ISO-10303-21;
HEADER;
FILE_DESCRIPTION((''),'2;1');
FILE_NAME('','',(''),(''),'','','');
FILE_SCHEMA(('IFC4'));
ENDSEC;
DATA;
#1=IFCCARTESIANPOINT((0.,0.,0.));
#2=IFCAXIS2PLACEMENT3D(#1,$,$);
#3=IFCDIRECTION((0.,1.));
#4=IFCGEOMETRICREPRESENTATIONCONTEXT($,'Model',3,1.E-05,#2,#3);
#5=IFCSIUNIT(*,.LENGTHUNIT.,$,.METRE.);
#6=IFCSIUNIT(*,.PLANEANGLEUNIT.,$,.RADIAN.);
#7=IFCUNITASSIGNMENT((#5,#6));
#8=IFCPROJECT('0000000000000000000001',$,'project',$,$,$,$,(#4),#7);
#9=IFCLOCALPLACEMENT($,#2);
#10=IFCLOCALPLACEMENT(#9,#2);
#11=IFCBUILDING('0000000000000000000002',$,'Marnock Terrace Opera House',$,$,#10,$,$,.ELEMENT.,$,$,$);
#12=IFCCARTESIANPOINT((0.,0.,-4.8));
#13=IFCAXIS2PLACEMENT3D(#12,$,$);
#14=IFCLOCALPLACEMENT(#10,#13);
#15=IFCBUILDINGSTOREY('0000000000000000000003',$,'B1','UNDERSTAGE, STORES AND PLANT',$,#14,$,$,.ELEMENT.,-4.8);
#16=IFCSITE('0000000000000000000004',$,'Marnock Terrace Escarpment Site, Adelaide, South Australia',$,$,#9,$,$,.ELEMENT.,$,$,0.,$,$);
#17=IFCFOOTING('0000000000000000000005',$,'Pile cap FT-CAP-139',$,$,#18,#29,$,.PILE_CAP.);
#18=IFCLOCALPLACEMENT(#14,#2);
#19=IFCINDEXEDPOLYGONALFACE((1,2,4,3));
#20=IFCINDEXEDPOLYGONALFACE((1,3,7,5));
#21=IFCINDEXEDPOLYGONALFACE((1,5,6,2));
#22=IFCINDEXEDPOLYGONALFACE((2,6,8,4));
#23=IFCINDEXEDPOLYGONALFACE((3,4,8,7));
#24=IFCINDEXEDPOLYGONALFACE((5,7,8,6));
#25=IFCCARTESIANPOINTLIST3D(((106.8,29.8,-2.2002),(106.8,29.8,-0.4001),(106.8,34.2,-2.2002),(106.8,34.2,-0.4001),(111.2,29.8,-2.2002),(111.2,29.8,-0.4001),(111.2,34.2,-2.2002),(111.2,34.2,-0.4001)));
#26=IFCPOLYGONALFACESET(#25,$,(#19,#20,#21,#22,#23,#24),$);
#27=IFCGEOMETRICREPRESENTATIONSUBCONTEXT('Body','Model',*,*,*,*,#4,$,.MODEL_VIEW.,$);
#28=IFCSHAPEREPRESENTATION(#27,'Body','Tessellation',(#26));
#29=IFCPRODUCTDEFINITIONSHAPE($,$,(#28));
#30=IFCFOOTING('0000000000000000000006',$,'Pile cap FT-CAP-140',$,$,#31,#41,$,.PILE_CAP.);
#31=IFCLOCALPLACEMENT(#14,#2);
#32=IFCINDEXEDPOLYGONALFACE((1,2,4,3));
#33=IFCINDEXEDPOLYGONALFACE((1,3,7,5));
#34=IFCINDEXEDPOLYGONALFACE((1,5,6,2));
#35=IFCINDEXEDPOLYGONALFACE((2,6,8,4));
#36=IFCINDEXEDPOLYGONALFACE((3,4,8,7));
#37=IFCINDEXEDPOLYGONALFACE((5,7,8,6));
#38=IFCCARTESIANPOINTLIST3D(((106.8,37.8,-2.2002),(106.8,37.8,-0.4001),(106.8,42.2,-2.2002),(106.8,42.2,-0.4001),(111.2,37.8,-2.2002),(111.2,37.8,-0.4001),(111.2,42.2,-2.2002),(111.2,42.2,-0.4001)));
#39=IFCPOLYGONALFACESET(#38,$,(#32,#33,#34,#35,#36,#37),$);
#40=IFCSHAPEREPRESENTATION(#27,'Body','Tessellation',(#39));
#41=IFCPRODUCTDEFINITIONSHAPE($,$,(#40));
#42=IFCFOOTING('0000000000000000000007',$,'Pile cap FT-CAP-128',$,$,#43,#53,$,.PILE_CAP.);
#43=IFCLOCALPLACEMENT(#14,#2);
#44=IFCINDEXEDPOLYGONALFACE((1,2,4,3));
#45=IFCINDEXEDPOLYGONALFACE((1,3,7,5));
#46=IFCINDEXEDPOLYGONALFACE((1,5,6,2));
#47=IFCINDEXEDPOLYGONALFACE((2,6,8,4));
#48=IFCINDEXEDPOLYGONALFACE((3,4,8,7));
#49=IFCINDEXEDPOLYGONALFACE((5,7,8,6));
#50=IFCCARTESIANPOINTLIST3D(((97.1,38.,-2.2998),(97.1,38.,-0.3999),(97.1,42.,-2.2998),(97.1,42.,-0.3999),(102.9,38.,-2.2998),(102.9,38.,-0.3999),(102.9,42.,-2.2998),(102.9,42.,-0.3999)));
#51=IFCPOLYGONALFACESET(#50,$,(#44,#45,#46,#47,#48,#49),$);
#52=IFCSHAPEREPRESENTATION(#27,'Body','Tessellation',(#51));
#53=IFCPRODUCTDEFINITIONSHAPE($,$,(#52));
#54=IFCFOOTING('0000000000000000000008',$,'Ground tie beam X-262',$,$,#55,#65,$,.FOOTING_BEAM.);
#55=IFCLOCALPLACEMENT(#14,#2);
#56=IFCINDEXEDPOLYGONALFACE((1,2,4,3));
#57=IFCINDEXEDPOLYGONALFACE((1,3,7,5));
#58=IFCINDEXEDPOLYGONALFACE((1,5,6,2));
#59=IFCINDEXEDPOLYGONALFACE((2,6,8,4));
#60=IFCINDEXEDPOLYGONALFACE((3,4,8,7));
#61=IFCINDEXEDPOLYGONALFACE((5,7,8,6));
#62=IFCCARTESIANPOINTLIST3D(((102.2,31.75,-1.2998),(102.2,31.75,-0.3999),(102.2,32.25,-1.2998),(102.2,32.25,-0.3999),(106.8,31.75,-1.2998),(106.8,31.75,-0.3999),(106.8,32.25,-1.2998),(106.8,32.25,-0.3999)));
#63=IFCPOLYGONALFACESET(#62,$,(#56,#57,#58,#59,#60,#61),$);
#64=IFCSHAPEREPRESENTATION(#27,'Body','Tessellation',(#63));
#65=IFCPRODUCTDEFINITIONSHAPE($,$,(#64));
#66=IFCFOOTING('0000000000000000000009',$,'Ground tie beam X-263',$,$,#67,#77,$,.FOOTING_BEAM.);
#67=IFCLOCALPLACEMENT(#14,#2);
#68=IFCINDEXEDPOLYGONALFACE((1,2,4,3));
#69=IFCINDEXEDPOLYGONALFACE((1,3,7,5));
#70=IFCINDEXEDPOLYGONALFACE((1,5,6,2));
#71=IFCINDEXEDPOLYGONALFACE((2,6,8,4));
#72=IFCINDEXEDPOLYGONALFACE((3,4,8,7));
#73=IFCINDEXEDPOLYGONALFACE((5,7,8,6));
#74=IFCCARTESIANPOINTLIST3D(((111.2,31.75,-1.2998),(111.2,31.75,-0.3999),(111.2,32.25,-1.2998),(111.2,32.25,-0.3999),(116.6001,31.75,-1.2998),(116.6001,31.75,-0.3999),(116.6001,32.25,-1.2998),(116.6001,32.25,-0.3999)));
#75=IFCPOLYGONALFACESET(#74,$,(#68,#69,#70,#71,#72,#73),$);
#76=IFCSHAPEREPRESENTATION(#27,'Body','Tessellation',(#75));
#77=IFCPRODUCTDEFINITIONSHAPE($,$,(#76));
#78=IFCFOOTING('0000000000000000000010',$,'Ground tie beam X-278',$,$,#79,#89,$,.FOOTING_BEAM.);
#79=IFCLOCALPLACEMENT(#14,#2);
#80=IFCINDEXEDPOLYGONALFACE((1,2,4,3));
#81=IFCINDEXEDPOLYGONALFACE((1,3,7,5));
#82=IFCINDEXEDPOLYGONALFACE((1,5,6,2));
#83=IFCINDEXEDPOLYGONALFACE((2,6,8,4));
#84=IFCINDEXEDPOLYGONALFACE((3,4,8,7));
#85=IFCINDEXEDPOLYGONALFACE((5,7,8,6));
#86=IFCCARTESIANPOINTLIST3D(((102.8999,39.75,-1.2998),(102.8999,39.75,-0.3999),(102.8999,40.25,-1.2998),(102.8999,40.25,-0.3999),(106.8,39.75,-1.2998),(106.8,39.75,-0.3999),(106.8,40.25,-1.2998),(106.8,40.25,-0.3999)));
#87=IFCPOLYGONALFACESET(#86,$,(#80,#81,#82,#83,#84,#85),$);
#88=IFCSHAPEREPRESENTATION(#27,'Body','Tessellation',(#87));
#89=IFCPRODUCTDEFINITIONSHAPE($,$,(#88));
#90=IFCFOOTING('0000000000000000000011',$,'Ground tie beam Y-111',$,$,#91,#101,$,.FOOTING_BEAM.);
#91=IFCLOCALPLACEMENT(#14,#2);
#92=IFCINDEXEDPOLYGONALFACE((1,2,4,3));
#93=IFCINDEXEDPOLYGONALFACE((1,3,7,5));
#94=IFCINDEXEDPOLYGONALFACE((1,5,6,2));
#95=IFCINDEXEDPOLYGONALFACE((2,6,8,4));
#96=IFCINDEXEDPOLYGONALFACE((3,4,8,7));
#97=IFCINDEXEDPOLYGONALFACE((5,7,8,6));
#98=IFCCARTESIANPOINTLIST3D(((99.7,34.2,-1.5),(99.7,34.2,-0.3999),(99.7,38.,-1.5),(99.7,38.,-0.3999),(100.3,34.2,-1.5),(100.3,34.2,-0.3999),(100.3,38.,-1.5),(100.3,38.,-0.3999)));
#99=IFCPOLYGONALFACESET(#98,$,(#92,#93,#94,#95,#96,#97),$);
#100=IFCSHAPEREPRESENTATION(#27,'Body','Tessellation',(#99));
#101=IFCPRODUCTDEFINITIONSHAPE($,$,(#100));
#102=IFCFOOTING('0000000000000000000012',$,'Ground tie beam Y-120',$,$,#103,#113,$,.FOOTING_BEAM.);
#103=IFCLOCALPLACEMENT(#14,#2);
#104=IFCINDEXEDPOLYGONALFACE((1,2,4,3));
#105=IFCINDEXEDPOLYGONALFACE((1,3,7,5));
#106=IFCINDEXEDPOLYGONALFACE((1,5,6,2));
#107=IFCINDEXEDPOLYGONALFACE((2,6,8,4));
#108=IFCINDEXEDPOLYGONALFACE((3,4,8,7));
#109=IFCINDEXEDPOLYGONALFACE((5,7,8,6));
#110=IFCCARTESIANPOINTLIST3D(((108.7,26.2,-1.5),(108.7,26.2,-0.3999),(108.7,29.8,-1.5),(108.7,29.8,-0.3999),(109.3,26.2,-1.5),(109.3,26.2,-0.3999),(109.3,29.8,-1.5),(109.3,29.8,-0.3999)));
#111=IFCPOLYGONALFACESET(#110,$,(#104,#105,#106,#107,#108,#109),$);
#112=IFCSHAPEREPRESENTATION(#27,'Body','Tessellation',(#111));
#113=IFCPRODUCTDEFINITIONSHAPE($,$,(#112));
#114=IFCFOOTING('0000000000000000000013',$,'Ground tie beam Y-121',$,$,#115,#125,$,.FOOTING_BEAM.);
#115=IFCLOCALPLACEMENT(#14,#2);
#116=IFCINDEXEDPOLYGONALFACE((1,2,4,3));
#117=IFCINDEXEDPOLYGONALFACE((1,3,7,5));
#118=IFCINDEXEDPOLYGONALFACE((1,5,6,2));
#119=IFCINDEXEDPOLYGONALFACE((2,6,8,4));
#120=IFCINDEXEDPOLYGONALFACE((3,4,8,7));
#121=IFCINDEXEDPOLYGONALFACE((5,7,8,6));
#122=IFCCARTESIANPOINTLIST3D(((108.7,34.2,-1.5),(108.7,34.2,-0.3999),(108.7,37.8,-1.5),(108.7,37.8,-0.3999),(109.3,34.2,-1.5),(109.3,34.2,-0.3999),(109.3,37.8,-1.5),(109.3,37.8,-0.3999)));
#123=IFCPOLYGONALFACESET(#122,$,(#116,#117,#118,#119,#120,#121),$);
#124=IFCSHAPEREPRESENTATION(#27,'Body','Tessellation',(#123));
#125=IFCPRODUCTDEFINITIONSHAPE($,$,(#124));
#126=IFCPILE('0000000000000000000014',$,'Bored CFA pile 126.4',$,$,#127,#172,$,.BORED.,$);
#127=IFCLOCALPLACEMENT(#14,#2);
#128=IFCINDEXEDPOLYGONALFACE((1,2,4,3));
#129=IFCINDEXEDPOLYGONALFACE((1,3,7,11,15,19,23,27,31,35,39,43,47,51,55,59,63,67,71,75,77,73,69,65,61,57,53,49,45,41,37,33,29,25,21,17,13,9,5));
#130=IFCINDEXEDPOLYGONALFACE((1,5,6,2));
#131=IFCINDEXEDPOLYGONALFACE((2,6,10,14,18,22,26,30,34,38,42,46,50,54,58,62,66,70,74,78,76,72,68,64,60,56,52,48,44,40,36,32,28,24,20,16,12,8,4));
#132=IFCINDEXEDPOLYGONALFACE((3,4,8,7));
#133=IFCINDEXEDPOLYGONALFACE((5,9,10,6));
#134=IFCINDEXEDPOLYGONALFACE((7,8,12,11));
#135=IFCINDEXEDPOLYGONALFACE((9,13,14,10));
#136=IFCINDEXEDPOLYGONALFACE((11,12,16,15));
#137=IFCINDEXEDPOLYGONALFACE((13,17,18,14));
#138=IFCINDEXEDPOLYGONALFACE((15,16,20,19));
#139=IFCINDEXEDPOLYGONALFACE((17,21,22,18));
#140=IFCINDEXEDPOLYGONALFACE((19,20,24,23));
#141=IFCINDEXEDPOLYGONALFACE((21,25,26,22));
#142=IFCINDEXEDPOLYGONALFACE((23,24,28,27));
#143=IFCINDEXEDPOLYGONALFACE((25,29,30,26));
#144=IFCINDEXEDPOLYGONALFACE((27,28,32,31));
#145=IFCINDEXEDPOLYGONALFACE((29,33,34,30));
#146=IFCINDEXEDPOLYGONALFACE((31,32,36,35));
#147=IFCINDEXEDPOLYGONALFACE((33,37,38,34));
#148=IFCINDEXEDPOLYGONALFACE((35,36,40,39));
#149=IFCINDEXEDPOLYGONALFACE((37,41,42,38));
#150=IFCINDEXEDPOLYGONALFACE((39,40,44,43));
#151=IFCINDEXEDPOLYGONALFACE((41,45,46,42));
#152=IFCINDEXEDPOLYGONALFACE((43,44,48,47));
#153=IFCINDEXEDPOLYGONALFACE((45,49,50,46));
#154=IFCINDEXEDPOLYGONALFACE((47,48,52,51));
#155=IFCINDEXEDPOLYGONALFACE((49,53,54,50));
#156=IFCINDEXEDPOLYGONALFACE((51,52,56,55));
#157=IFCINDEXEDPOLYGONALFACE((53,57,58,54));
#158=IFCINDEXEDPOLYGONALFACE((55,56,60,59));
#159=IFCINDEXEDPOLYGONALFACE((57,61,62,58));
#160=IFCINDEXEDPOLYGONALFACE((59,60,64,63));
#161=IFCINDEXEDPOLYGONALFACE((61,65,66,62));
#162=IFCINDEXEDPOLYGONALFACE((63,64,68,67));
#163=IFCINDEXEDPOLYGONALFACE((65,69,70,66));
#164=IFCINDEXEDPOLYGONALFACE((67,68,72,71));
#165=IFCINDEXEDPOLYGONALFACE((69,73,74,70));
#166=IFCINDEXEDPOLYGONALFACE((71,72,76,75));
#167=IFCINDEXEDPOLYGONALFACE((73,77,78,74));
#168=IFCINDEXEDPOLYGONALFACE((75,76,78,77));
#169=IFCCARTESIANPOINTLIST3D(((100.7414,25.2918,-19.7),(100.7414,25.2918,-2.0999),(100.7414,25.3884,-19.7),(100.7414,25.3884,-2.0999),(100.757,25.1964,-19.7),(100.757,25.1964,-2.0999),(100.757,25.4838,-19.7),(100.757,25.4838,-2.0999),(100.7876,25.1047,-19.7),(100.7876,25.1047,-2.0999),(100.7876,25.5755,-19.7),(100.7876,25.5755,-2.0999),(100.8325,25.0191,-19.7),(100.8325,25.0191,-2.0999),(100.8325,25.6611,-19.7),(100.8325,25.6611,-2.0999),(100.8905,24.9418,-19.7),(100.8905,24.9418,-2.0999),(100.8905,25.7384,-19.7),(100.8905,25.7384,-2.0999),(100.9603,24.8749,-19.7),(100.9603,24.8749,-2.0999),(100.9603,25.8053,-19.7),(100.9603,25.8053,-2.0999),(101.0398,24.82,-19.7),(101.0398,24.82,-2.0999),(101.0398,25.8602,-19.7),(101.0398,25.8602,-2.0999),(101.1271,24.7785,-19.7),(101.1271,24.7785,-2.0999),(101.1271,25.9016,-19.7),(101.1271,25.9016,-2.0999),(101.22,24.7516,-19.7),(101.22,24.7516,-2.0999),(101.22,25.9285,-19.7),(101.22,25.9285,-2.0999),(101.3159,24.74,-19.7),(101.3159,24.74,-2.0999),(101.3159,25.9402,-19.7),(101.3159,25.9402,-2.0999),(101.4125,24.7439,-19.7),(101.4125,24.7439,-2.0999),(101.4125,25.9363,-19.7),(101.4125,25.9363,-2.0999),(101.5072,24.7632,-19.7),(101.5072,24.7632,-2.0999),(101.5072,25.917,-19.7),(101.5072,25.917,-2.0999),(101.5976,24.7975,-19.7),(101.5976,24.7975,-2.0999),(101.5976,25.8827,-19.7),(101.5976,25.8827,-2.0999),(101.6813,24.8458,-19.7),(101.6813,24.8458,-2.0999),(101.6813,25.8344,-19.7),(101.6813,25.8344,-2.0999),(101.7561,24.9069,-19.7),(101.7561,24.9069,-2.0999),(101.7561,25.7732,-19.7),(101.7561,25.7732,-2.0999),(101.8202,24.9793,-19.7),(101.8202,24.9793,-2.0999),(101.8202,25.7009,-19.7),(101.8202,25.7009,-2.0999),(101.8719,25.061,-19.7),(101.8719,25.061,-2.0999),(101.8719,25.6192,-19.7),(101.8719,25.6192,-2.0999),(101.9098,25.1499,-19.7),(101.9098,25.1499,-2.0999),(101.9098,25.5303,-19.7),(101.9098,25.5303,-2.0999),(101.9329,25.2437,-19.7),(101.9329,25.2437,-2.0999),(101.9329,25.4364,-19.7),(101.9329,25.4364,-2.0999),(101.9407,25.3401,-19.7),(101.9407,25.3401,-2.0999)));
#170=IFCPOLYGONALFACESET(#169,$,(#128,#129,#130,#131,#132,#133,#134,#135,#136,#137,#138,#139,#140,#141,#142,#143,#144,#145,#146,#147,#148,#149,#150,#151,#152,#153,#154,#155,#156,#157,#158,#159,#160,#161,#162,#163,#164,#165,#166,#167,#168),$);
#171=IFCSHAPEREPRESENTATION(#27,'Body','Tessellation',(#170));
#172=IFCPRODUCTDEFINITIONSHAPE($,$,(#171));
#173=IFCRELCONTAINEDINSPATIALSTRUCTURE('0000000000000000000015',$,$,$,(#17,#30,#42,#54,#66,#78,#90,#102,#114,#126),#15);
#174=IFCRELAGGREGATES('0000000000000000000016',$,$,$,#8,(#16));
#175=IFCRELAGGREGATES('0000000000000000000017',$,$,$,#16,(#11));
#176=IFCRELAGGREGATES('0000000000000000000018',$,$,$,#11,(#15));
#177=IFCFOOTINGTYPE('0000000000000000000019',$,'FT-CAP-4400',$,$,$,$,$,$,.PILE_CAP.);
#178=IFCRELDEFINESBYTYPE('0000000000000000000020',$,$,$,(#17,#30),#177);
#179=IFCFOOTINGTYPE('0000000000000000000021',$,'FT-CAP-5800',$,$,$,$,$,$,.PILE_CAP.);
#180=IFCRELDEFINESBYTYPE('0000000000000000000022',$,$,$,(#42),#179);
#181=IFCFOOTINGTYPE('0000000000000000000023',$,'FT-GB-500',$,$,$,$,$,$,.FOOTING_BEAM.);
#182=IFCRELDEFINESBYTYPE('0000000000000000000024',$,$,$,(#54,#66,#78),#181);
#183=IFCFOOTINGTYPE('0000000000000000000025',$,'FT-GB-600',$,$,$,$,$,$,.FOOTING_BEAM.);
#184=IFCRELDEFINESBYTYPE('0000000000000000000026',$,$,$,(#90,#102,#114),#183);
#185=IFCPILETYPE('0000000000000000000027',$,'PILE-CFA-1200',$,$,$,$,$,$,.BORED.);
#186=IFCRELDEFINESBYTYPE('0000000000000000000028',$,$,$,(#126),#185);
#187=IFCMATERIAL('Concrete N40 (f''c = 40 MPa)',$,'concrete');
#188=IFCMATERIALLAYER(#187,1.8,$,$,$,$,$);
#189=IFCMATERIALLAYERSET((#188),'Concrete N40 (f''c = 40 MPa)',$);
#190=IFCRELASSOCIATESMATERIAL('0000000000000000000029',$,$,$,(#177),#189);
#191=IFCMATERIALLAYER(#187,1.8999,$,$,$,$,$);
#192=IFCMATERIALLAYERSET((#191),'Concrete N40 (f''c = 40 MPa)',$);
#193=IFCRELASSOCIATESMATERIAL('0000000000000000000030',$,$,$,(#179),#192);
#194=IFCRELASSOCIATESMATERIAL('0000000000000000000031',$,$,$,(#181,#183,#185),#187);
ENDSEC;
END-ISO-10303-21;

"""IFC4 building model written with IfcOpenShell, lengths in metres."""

from ifc_helpers import new_model, si_unit, direction, frame, origin, origin_2d, place, context, subcontext, project, spatial, rectangle, circle, extrude, material, layer, layer_set, material_profile, profile_set, type_object, element, save


model = new_model("IFC4")

# Units and contexts
model_context = context("Model", 3, precision=1e-05, world=origin(), true_north=direction((0.0, 1.0)))
body_context = subcontext(model_context, "Body", "Model", "MODEL_VIEW")
ifc_project = project(units=[si_unit("LENGTHUNIT", "METRE"), si_unit("PLANEANGLEUNIT", "RADIAN")], contexts=[model_context])

# Site, building, storey
site_placement = place(None, origin())
site = spatial("IfcSite", under=ifc_project, at=site_placement, Name="Marnock Terrace Escarpment Site, Adelaide, South Australia", CompositionType="ELEMENT", RefElevation=0.0)
building_placement = place(site_placement, origin())
building = spatial("IfcBuilding", under=site, at=building_placement, Name="Marnock Terrace Opera House", CompositionType="ELEMENT")
storey_placement = place(building_placement, frame((0.0, 0.0, -4.8)))
storey = spatial("IfcBuildingStorey", under=building, at=storey_placement, Name="B1", Description="UNDERSTAGE, STORES AND PLANT", CompositionType="ELEMENT", Elevation=-4.8)

# Footings
ifc_material_1 = material(Name="Concrete N40 (f'c = 40 MPa)", Category="concrete")
ifc_layer_1 = layer(ifc_material_1, 1.8)
ifc_layer_set_1 = layer_set([ifc_layer_1], Name="Concrete N40 (f'c = 40 MPa)")
footing_type_1 = type_object("IfcFootingType", Name="FT-CAP-4400", PredefinedType="PILE_CAP", material=ifc_layer_set_1)
for number, where, z_axis, x_axis, name in (
    (1, (109.0, 32.0, -2.2002), (0.0, 0.0, 1.0), (1.0, 0.0, 0.0), "Pile cap FT-CAP-139"),
    (2, (109.0, 40.0, -2.2002), (0.0, 0.0, 1.0), (1.0, 0.0, 0.0), "Pile cap FT-CAP-140"),
):
    element("IfcFooting", number, at=place(storey_placement, frame(where, z_axis=z_axis, x_axis=x_axis)), inside=storey, type_object=footing_type_1, Name=name, PredefinedType="PILE_CAP", context=body_context, shape_type="SweptSolid", body=[
        extrude(rectangle(XDim=4.3999, YDim=4.3999, at=origin_2d()), origin(), (0.0, 0.0, 1.0), 1.8),
    ])
ifc_layer_2 = layer(ifc_material_1, 1.8999)
ifc_layer_set_2 = layer_set([ifc_layer_2], Name="Concrete N40 (f'c = 40 MPa)")
footing_type_2 = type_object("IfcFootingType", Name="FT-CAP-5800", PredefinedType="PILE_CAP", material=ifc_layer_set_2)
footing_1_placement = place(storey_placement, frame((100.0, 40.0, -2.2998), z_axis=(0.0, 0.0, 1.0), x_axis=(1.0, 0.0, 0.0)))
element("IfcFooting", 3, at=footing_1_placement, inside=storey, type_object=footing_type_2, Name="Pile cap FT-CAP-128", PredefinedType="PILE_CAP", context=body_context, shape_type="SweptSolid", body=[
    extrude(rectangle(XDim=5.8, YDim=4.0, at=origin_2d()), origin(), (0.0, 0.0, 1.0), 1.8999),
])
ifc_material_profile_1 = material_profile(ifc_material_1, rectangle(XDim=0.5, YDim=0.8999, at=origin_2d()))
ifc_profile_set_1 = profile_set([ifc_material_profile_1], Name="Concrete N40 (f'c = 40 MPa)")
footing_type_3 = type_object("IfcFootingType", Name="FT-GB-500", PredefinedType="FOOTING_BEAM", material=ifc_profile_set_1)
footing_2_placement = place(storey_placement, frame((102.2, 32.0, -0.8499), z_axis=(1.0, 0.0, 0.0), x_axis=(0.0, 1.0, 0.0)))
element("IfcFooting", 4, at=footing_2_placement, inside=storey, type_object=footing_type_3, Name="Ground tie beam X-262", PredefinedType="FOOTING_BEAM", context=body_context, shape_type="SweptSolid", body=[
    extrude(rectangle(XDim=0.5, YDim=0.8999, at=origin_2d()), origin(), (0.0, 0.0, 1.0), 4.6001),
])
footing_3_placement = place(storey_placement, frame((111.2, 32.0, -0.8499), z_axis=(1.0, 0.0, 0.0), x_axis=(0.0, 1.0, 0.0)))
element("IfcFooting", 5, at=footing_3_placement, inside=storey, type_object=footing_type_3, Name="Ground tie beam X-263", PredefinedType="FOOTING_BEAM", context=body_context, shape_type="SweptSolid", body=[
    extrude(rectangle(XDim=0.5, YDim=0.8999, at=origin_2d()), origin(), (0.0, 0.0, 1.0), 5.4001),
])
footing_4_placement = place(storey_placement, frame((102.8999, 40.0, -0.8499), z_axis=(1.0, 0.0, 0.0), x_axis=(0.0, 1.0, 0.0)))
element("IfcFooting", 6, at=footing_4_placement, inside=storey, type_object=footing_type_3, Name="Ground tie beam X-278", PredefinedType="FOOTING_BEAM", context=body_context, shape_type="SweptSolid", body=[
    extrude(rectangle(XDim=0.5, YDim=0.8999, at=origin_2d()), origin(), (0.0, 0.0, 1.0), 3.9001),
])
ifc_material_profile_2 = material_profile(ifc_material_1, rectangle(XDim=0.6001, YDim=1.1001, at=origin_2d()))
ifc_profile_set_2 = profile_set([ifc_material_profile_2], Name="Concrete N40 (f'c = 40 MPa)")
footing_type_4 = type_object("IfcFootingType", Name="FT-GB-600", PredefinedType="FOOTING_BEAM", material=ifc_profile_set_2)
footing_5_placement = place(storey_placement, frame((100.0, 34.2, -0.95), z_axis=(0.0, 1.0, 0.0), x_axis=(-1.0, 0.0, 0.0)))
element("IfcFooting", 7, at=footing_5_placement, inside=storey, type_object=footing_type_4, Name="Ground tie beam Y-111", PredefinedType="FOOTING_BEAM", context=body_context, shape_type="SweptSolid", body=[
    extrude(rectangle(XDim=0.6001, YDim=1.1001, at=origin_2d()), origin(), (0.0, 0.0, 1.0), 3.8),
])
for number, where, z_axis, x_axis, name in (
    (8, (109.0, 26.2, -0.95), (0.0, 1.0, 0.0), (-1.0, 0.0, 0.0), "Ground tie beam Y-120"),
    (9, (109.0, 34.2, -0.95), (0.0, 1.0, 0.0), (-1.0, 0.0, 0.0), "Ground tie beam Y-121"),
):
    element("IfcFooting", number, at=place(storey_placement, frame(where, z_axis=z_axis, x_axis=x_axis)), inside=storey, type_object=footing_type_4, Name=name, PredefinedType="FOOTING_BEAM", context=body_context, shape_type="SweptSolid", body=[
        extrude(rectangle(XDim=0.6001, YDim=1.1001, at=origin_2d()), origin(), (0.0, 0.0, 1.0), 3.6001),
    ])

# Pile
ifc_material_profile_3 = material_profile(ifc_material_1, circle(Radius=0.6006, at=origin_2d()))
ifc_profile_set_3 = profile_set([ifc_material_profile_3], Name="Concrete N40 (f'c = 40 MPa)")
pile_type = type_object("IfcPileType", Name="PILE-CFA-1200", PredefinedType="BORED", material=ifc_profile_set_3)
for number, where, z_axis, x_axis, name in (
    (10, (101.3401, 25.3401, -2.0999), (0.0, 0.0, -1.0), (1.0, 0.0, 0.0), "Bored CFA pile 126.4"),
):
    element("IfcPile", number, at=place(storey_placement, frame(where, z_axis=z_axis, x_axis=x_axis)), inside=storey, type_object=pile_type, Name=name, PredefinedType="BORED", context=body_context, shape_type="SweptSolid", body=[
        extrude(circle(Radius=0.6006, at=origin_2d()), origin(), (0.0, 0.0, 1.0), 17.6001),
    ])

save(model, "model.ifc")
